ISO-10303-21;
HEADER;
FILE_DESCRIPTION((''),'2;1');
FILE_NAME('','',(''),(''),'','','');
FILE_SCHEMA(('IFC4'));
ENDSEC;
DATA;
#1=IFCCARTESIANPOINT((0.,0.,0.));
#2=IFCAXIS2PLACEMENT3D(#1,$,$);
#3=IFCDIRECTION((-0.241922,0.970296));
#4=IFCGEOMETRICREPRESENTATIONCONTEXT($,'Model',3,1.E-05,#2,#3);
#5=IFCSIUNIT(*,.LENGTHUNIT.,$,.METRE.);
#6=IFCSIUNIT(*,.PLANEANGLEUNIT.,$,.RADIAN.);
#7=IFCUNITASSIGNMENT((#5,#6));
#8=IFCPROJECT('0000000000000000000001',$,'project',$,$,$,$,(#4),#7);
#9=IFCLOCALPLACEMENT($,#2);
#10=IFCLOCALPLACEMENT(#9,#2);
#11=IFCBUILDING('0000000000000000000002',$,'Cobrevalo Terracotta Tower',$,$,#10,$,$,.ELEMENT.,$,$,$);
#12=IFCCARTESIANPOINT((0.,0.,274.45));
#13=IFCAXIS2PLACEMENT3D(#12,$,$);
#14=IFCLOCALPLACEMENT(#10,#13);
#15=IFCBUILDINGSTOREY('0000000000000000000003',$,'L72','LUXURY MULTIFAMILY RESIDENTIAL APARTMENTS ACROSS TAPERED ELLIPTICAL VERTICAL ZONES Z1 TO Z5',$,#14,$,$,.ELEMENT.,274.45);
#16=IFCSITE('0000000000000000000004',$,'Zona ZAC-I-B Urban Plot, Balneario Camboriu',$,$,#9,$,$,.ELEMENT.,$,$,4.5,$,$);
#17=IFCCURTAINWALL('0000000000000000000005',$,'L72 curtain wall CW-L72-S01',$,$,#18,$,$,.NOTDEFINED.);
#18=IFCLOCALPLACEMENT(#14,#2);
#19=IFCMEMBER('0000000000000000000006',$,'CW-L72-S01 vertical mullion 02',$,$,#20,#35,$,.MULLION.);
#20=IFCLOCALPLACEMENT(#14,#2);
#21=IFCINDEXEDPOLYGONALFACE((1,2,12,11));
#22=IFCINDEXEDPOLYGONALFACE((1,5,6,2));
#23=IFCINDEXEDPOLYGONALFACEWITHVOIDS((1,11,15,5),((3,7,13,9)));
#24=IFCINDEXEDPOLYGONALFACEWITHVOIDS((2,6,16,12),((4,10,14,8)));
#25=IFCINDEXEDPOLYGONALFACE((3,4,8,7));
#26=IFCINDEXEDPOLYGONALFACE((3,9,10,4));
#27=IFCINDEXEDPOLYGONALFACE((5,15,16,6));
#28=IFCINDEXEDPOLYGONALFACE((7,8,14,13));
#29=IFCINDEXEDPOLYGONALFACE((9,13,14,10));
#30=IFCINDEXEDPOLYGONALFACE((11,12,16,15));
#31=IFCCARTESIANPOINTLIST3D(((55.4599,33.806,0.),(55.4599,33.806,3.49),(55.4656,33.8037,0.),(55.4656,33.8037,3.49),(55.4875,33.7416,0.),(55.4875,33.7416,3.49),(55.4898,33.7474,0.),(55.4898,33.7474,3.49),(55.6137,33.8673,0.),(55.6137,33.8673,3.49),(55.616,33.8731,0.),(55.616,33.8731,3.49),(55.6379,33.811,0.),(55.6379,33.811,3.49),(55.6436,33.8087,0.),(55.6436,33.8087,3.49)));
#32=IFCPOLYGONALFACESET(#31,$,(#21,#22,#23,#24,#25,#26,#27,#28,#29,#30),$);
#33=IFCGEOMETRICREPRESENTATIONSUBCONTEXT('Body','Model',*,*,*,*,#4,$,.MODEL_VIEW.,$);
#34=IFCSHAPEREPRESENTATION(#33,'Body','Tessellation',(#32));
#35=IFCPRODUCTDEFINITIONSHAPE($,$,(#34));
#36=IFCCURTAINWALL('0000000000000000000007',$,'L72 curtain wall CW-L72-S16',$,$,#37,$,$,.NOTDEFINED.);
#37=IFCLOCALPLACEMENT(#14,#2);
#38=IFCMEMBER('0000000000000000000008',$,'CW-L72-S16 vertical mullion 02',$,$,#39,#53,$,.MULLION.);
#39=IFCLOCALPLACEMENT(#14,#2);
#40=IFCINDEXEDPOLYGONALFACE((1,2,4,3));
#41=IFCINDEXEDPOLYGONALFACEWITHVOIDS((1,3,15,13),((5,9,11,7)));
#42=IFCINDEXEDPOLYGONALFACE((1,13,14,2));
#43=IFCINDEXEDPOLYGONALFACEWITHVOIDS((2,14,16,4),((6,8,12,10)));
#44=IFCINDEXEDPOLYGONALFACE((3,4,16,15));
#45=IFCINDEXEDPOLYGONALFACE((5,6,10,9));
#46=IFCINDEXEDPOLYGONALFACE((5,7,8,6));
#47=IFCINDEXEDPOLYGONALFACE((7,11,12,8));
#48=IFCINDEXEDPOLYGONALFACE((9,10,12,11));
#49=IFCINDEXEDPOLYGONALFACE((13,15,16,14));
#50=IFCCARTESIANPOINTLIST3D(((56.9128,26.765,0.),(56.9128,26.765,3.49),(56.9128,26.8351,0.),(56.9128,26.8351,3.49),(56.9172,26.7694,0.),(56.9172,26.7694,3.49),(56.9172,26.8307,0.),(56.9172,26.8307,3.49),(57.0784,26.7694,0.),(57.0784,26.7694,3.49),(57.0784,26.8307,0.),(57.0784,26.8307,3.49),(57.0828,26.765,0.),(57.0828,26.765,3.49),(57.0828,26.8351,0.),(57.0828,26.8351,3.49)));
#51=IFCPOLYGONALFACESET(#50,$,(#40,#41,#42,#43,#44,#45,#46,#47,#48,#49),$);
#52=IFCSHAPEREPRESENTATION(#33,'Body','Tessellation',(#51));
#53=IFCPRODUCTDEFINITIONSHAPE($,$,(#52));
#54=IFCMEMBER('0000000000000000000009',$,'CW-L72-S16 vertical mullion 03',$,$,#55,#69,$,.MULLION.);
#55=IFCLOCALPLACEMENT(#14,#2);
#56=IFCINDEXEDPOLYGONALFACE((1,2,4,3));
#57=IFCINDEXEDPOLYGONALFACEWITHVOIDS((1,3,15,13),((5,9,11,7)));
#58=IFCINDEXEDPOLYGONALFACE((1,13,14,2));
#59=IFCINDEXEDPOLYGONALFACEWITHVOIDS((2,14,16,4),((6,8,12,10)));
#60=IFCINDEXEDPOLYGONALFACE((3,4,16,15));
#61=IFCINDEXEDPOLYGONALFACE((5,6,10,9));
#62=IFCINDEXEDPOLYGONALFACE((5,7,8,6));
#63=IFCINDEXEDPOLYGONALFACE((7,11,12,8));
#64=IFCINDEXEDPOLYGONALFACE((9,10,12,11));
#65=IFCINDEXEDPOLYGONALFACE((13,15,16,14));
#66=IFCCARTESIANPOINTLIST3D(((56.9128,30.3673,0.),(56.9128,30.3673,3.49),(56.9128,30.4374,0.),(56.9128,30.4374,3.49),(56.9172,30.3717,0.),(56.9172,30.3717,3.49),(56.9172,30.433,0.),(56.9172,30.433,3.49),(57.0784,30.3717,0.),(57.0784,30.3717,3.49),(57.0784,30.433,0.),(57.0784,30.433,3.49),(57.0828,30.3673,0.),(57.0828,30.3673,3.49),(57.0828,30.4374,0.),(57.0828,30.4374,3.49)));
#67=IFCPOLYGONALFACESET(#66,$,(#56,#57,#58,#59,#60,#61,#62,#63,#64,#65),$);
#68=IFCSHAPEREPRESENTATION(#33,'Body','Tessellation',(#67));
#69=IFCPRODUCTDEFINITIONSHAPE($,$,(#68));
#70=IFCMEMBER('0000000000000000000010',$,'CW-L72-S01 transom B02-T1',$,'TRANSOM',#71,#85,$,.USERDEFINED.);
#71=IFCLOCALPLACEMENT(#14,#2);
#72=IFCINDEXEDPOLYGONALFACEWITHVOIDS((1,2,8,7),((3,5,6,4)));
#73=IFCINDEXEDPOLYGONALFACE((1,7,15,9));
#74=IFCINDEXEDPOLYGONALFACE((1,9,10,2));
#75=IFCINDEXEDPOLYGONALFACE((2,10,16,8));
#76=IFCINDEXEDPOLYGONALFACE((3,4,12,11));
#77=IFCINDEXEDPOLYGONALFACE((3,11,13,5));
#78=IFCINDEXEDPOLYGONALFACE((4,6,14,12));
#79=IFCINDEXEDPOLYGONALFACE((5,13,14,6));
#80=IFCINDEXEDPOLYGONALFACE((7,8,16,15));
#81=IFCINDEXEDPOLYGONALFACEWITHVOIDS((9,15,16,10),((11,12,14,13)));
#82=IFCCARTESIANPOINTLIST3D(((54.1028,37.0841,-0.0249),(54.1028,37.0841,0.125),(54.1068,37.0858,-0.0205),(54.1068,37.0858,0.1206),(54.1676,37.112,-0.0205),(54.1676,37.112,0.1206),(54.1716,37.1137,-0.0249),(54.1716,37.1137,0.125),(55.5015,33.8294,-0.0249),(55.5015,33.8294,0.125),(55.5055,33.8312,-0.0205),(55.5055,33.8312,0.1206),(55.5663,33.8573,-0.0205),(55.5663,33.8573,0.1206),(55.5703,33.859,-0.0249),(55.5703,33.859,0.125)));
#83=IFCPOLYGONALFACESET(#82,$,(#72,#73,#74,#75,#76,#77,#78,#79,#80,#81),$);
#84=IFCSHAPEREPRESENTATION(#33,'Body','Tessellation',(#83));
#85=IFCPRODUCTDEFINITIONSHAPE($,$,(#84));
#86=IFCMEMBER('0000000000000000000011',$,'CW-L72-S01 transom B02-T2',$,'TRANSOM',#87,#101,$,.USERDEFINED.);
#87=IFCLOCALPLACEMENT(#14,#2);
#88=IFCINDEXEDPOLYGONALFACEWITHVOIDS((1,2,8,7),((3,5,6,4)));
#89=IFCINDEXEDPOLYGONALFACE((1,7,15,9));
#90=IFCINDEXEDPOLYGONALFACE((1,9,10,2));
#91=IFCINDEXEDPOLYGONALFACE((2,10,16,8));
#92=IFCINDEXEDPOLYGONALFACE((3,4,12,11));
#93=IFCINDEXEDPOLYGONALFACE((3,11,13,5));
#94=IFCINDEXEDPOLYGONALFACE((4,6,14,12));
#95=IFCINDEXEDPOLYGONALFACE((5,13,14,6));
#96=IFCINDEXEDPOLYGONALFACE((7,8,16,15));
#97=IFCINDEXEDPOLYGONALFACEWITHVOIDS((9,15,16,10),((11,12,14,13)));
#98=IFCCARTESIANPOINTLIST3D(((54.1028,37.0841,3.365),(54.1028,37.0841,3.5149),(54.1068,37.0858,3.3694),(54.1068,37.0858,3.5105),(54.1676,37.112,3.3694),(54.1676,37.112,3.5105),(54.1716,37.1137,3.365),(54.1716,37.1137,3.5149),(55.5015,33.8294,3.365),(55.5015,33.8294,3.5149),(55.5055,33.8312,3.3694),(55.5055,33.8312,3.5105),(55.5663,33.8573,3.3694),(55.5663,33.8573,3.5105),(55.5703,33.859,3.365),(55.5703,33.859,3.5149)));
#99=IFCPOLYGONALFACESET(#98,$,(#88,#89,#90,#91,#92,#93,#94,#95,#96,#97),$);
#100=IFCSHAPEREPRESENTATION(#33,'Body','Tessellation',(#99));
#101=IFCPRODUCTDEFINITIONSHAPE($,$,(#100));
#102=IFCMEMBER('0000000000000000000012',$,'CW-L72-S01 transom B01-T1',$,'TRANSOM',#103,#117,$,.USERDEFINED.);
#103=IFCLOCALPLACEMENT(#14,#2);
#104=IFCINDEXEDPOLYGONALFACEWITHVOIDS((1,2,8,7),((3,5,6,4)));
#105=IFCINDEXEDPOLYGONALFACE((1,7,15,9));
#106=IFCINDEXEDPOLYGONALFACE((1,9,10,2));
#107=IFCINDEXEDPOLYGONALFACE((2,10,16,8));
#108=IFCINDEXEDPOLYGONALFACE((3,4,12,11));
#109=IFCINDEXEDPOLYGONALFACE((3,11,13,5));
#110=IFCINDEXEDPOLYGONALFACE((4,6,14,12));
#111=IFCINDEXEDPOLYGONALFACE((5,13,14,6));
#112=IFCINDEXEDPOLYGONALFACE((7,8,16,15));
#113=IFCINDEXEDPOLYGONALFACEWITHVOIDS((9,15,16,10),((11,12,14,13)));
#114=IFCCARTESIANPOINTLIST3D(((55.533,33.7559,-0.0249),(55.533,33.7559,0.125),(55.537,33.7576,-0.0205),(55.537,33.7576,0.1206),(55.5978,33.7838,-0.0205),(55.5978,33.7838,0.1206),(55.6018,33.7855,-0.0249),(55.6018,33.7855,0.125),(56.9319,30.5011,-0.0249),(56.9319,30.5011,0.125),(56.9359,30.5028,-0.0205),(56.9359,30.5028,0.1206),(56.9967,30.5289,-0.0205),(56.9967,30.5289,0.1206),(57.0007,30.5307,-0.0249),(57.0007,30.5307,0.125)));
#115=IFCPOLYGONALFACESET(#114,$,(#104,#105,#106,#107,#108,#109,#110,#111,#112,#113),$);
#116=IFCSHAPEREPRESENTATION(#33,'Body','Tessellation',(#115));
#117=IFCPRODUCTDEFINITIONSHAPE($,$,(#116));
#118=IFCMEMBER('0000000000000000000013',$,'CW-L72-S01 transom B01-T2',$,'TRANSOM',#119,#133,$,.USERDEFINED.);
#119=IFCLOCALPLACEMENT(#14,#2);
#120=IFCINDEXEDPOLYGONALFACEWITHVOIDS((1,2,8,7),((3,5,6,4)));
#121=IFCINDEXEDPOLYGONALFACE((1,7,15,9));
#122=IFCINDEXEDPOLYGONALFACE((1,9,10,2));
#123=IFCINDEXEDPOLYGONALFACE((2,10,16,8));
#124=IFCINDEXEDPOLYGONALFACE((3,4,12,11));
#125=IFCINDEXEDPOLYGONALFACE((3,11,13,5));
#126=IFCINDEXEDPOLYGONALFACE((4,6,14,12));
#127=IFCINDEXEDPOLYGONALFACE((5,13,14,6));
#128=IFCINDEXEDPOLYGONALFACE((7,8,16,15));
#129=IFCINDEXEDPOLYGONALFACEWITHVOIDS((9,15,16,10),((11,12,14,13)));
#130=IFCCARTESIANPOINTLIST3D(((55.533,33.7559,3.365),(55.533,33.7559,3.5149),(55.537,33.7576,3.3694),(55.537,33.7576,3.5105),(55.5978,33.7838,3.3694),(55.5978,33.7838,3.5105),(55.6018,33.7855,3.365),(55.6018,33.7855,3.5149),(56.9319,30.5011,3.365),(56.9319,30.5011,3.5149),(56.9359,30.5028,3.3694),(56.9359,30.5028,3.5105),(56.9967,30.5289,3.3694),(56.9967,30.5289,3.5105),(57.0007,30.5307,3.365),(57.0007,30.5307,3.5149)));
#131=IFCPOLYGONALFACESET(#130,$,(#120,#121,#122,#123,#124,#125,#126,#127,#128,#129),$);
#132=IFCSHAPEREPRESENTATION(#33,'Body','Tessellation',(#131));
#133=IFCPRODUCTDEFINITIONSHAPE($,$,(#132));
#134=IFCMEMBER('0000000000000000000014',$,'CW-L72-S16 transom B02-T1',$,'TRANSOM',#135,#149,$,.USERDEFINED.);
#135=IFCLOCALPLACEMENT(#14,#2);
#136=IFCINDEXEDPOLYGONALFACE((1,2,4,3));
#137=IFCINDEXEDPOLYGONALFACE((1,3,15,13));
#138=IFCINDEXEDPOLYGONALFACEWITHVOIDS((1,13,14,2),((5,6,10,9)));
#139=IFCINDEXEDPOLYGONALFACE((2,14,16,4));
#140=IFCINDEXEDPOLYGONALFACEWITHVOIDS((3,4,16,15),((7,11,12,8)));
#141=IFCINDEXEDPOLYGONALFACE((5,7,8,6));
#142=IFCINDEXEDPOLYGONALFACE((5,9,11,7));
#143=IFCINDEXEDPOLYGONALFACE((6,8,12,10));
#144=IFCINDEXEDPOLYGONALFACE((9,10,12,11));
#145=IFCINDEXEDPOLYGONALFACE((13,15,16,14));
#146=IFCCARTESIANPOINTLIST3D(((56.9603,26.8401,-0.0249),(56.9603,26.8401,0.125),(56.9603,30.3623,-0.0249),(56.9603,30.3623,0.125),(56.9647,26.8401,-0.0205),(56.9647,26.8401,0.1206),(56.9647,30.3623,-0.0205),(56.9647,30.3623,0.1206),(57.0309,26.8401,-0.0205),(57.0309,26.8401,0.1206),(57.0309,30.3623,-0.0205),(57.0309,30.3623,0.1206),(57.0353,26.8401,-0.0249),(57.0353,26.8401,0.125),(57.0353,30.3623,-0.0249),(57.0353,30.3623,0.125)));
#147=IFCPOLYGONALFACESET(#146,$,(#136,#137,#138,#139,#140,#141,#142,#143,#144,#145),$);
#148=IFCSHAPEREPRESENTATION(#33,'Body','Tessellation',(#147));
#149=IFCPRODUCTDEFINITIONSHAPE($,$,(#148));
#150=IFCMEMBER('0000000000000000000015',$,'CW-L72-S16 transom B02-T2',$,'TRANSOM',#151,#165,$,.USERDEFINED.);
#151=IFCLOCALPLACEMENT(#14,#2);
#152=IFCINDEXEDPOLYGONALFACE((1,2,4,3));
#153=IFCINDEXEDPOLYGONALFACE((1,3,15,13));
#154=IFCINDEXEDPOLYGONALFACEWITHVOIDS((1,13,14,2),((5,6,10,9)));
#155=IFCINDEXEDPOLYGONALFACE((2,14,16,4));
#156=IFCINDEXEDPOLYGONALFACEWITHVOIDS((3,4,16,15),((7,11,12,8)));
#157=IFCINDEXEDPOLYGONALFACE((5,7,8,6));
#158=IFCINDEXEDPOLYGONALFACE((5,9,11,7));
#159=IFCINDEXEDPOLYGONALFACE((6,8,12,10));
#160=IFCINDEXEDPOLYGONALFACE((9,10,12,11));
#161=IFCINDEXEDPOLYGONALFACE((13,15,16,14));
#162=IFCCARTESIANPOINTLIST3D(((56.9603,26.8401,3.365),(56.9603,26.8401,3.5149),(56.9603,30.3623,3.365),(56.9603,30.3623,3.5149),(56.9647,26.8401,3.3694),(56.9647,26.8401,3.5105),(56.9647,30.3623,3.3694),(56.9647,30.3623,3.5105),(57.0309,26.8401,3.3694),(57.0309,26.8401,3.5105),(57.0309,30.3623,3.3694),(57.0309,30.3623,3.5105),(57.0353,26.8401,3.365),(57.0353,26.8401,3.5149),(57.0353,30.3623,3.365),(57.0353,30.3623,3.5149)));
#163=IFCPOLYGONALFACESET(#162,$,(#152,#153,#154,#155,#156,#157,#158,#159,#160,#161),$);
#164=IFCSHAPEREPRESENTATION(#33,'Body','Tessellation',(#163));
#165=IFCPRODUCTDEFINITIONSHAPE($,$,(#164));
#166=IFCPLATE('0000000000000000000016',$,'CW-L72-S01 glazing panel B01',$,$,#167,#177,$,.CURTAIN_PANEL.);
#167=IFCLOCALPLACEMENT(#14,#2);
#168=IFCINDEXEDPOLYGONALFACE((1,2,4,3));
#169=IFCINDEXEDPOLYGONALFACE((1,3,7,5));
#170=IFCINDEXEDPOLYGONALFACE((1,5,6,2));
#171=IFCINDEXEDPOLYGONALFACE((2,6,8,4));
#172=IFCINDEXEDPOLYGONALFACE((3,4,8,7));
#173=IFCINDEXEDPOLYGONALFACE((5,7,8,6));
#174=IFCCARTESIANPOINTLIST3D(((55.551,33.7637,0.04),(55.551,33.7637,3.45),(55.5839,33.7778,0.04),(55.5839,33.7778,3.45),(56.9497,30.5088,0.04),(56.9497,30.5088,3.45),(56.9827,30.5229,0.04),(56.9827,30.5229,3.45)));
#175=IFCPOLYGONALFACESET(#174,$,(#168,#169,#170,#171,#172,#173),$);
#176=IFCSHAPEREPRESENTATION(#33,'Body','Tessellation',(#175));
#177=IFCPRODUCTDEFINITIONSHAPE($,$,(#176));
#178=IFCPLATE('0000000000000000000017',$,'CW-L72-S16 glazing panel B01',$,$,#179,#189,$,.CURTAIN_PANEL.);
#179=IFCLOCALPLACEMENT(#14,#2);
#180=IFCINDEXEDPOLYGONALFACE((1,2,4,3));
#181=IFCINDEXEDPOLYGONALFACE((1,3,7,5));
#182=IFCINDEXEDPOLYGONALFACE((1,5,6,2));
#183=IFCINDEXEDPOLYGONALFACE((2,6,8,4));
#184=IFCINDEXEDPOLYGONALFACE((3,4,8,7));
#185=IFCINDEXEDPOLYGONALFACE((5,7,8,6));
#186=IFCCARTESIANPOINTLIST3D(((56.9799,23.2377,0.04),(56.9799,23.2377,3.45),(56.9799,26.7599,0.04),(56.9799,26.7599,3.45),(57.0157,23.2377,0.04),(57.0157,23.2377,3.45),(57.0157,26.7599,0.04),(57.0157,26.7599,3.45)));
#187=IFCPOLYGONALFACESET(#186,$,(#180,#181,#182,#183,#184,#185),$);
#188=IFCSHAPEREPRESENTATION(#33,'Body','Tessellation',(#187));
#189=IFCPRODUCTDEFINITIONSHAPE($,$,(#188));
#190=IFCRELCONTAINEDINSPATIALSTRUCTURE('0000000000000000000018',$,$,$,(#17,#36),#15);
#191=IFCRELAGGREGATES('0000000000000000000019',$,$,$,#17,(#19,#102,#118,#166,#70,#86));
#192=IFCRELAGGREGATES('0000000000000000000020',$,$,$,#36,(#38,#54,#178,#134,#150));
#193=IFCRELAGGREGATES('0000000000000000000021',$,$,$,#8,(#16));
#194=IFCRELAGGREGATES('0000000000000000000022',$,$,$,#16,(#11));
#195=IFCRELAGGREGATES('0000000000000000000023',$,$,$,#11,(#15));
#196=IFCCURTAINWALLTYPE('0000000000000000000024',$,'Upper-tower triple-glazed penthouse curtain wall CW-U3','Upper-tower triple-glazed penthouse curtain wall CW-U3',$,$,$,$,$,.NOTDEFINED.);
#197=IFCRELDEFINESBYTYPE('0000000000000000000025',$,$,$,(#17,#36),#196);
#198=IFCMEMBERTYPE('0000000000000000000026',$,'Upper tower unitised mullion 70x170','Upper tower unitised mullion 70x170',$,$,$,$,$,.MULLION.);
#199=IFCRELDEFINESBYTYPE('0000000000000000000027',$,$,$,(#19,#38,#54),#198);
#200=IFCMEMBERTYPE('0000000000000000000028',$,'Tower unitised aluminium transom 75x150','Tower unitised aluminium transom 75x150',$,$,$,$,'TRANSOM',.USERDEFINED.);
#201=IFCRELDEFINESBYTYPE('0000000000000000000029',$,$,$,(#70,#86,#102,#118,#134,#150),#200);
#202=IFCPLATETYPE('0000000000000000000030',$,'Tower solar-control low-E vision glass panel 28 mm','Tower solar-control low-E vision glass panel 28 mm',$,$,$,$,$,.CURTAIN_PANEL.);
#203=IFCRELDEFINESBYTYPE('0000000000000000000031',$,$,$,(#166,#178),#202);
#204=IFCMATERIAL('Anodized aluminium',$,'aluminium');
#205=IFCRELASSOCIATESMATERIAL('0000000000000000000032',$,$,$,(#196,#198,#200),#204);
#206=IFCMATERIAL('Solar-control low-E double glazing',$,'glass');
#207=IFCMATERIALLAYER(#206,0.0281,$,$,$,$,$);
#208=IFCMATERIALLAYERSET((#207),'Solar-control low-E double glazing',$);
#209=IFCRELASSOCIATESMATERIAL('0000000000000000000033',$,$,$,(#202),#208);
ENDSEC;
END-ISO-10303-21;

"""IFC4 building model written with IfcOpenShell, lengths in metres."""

from ifc_helpers import new_model, si_unit, direction, frame, origin, origin_2d, place, context, subcontext, project, spatial, rectangle, hollow_rectangle, extrude, source, transform, mapped, material, layer, layer_set, material_profile, profile_set, type_object, element, aggregate, save


model = new_model("IFC4")

# Units and contexts
model_context = context("Model", 3, precision=1e-05, world=origin(), true_north=direction((-0.241922, 0.970296)))
body_context = subcontext(model_context, "Body", "Model", "MODEL_VIEW")
ifc_project = project(units=[si_unit("LENGTHUNIT", "METRE"), si_unit("PLANEANGLEUNIT", "RADIAN")], contexts=[model_context])

# Site, building, storey
site_placement = place(None, origin())
site = spatial("IfcSite", under=ifc_project, at=site_placement, Name="Zona ZAC-I-B Urban Plot, Balneario Camboriu", CompositionType="ELEMENT", RefElevation=4.5)
building_placement = place(site_placement, origin())
building = spatial("IfcBuilding", under=site, at=building_placement, Name="Cobrevalo Terracotta Tower", CompositionType="ELEMENT")
storey_placement = place(building_placement, frame((0.0, 0.0, 274.45)))
storey = spatial("IfcBuildingStorey", under=building, at=storey_placement, Name="L72", Description="LUXURY MULTIFAMILY RESIDENTIAL APARTMENTS ACROSS TAPERED ELLIPTICAL VERTICAL ZONES Z1 TO Z5", CompositionType="ELEMENT", Elevation=274.45)

# Curtain walls, members
ifc_material_1 = material(Name="Anodized aluminium", Category="aluminium")
curtain_wall_type = type_object("IfcCurtainWallType", Name="Upper-tower triple-glazed penthouse curtain wall CW-U3", Description="Upper-tower triple-glazed penthouse curtain wall CW-U3", PredefinedType="NOTDEFINED", material=ifc_material_1)
curtain_wall_1_placement = place(storey_placement, origin())
curtain_wall_1 = element("IfcCurtainWall", 1, at=curtain_wall_1_placement, inside=storey, type_object=curtain_wall_type, Name="L72 curtain wall CW-L72-S01", PredefinedType="NOTDEFINED")
ifc_material_profile_1 = material_profile(ifc_material_1, hollow_rectangle(XDim=0.0701, YDim=0.1699, WallThickness=0.0044, at=origin_2d()), Name="CWM 70x170")
ifc_profile_set_1 = profile_set([ifc_material_profile_1], Name="Anodized aluminium")
member_type_1 = type_object("IfcMemberType", Name="Upper tower unitised mullion 70x170", Description="Upper tower unitised mullion 70x170", PredefinedType="MULLION", material=ifc_profile_set_1)
shared_shape_1 = source(origin(), body_context, "Body", "SweptSolid", [
    extrude(hollow_rectangle(XDim=0.0701, YDim=0.1699, WallThickness=0.0044, at=origin_2d()), origin(), (0.0, 0.0, 1.0), 3.49),
])
member_1_placement = place(storey_placement, frame((55.5518, 33.8074, 0.0), z_axis=(0.0, 0.0, 1.0), x_axis=(-0.394824, 0.918757, 0.0)))
member_1 = element("IfcMember", 2, at=member_1_placement, type_object=member_type_1, Name="CW-L72-S01 vertical mullion 02", PredefinedType="MULLION", context=body_context, shape_type="MappedRepresentation", body=[
    mapped(shared_shape_1, transform((0.0, 0.0, 0.0), scale=1.0)),
])
curtain_wall_2_placement = place(storey_placement, origin())
curtain_wall_2 = element("IfcCurtainWall", 3, at=curtain_wall_2_placement, inside=storey, type_object=curtain_wall_type, Name="L72 curtain wall CW-L72-S16", PredefinedType="NOTDEFINED")
member_2_placement = place(storey_placement, frame((56.9978, 26.8, 0.0), z_axis=(0.0, 0.0, 1.0), x_axis=(0.0, 1.0, 0.0)))
member_2 = element("IfcMember", 4, at=member_2_placement, type_object=member_type_1, Name="CW-L72-S16 vertical mullion 02", PredefinedType="MULLION", context=body_context, shape_type="MappedRepresentation", body=[
    mapped(shared_shape_1, transform((0.0, 0.0, 0.0), scale=1.0)),
])
member_3_placement = place(storey_placement, frame((56.9978, 30.4023, 0.0), z_axis=(0.0, 0.0, 1.0), x_axis=(0.0, 1.0, 0.0)))
member_3 = element("IfcMember", 5, at=member_3_placement, type_object=member_type_1, Name="CW-L72-S16 vertical mullion 03", PredefinedType="MULLION", context=body_context, shape_type="MappedRepresentation", body=[
    mapped(shared_shape_1, transform((0.0, 0.0, 0.0), scale=1.0)),
])

# Members
ifc_material_profile_2 = material_profile(ifc_material_1, hollow_rectangle(XDim=0.075, YDim=0.1499, WallThickness=0.0044, at=origin_2d()), Name="CWT 75x150")
ifc_profile_set_2 = profile_set([ifc_material_profile_2], Name="Anodized aluminium")
member_type_2 = type_object("IfcMemberType", Name="Tower unitised aluminium transom 75x150", Description="Tower unitised aluminium transom 75x150", ElementType="TRANSOM", PredefinedType="USERDEFINED", material=ifc_profile_set_2)
shared_shape_2 = source(origin(), body_context, "Body", "SweptSolid", [
    extrude(hollow_rectangle(XDim=0.075, YDim=0.1499, WallThickness=0.0044, at=origin_2d()), origin(), (0.0, 0.0, 1.0), 3.5425),
])
member_4_placement = place(storey_placement, frame((55.5359, 33.8442, 0.05), z_axis=(-0.394834, 0.918752, 0.0), x_axis=(-0.918752, -0.394834, 0.0)))
member_4 = element("IfcMember", 6, at=member_4_placement, type_object=member_type_2, Name="CW-L72-S01 transom B02-T1", ObjectType="TRANSOM", PredefinedType="USERDEFINED", context=body_context, shape_type="MappedRepresentation", body=[
    mapped(shared_shape_2, transform((0.0, 0.0, 0.0), scale=1.0)),
])
member_5_placement = place(storey_placement, frame((55.5359, 33.8442, 3.4399), z_axis=(-0.394834, 0.918752, 0.0), x_axis=(-0.918752, -0.394834, 0.0)))
member_5 = element("IfcMember", 7, at=member_5_placement, type_object=member_type_2, Name="CW-L72-S01 transom B02-T2", ObjectType="TRANSOM", PredefinedType="USERDEFINED", context=body_context, shape_type="MappedRepresentation", body=[
    mapped(shared_shape_2, transform((0.0, 0.0, 0.0), scale=1.0)),
])
shared_shape_3 = source(origin(), body_context, "Body", "SweptSolid", [
    extrude(hollow_rectangle(XDim=0.075, YDim=0.1499, WallThickness=0.0044, at=origin_2d()), origin(), (0.0, 0.0, 1.0), 3.5427),
])
member_6_placement = place(storey_placement, frame((56.9663, 30.5159, 0.05), z_axis=(-0.394867, 0.918738, 0.0), x_axis=(-0.918738, -0.394867, 0.0)))
member_6 = element("IfcMember", 8, at=member_6_placement, type_object=member_type_2, Name="CW-L72-S01 transom B01-T1", ObjectType="TRANSOM", PredefinedType="USERDEFINED", context=body_context, shape_type="MappedRepresentation", body=[
    mapped(shared_shape_3, transform((0.0, 0.0, 0.0), scale=1.0)),
])
member_7_placement = place(storey_placement, frame((56.9663, 30.5159, 3.4399), z_axis=(-0.394867, 0.918738, 0.0), x_axis=(-0.918738, -0.394867, 0.0)))
member_7 = element("IfcMember", 9, at=member_7_placement, type_object=member_type_2, Name="CW-L72-S01 transom B01-T2", ObjectType="TRANSOM", PredefinedType="USERDEFINED", context=body_context, shape_type="MappedRepresentation", body=[
    mapped(shared_shape_3, transform((0.0, 0.0, 0.0), scale=1.0)),
])
shared_shape_4 = source(origin(), body_context, "Body", "SweptSolid", [
    extrude(hollow_rectangle(XDim=0.075, YDim=0.1499, WallThickness=0.0044, at=origin_2d()), origin(), (0.0, 0.0, 1.0), 3.5222),
])
member_8_placement = place(storey_placement, frame((56.9978, 26.8401, 0.05), z_axis=(0.0, 1.0, 0.0), x_axis=(-1.0, 0.0, 0.0)))
member_8 = element("IfcMember", 10, at=member_8_placement, type_object=member_type_2, Name="CW-L72-S16 transom B02-T1", ObjectType="TRANSOM", PredefinedType="USERDEFINED", context=body_context, shape_type="MappedRepresentation", body=[
    mapped(shared_shape_4, transform((0.0, 0.0, 0.0), scale=1.0)),
])
member_9_placement = place(storey_placement, frame((56.9978, 26.8401, 3.4399), z_axis=(0.0, 1.0, 0.0), x_axis=(-1.0, 0.0, 0.0)))
member_9 = element("IfcMember", 11, at=member_9_placement, type_object=member_type_2, Name="CW-L72-S16 transom B02-T2", ObjectType="TRANSOM", PredefinedType="USERDEFINED", context=body_context, shape_type="MappedRepresentation", body=[
    mapped(shared_shape_4, transform((0.0, 0.0, 0.0), scale=1.0)),
])

# Plates
ifc_material_2 = material(Name="Solar-control low-E double glazing", Category="glass")
ifc_layer_1 = layer(ifc_material_2, 0.0281)
ifc_layer_set_1 = layer_set([ifc_layer_1], Name="Solar-control low-E double glazing")
plate_type = type_object("IfcPlateType", Name="Tower solar-control low-E vision glass panel 28 mm", Description="Tower solar-control low-E vision glass panel 28 mm", PredefinedType="CURTAIN_PANEL", material=ifc_layer_set_1)
shared_shape_5 = source(origin(), body_context, "Body", "SweptSolid", [
    extrude(rectangle(XDim=3.5427, YDim=0.0359, at=origin_2d()), origin(), (0.0, 0.0, 1.0), 3.4099),
])
plate_1_placement = place(storey_placement, frame((56.2668, 32.1433, 0.04), z_axis=(0.0, 0.0, 1.0), x_axis=(-0.394829, 0.918755, 0.0)))
plate_1 = element("IfcPlate", 12, at=plate_1_placement, type_object=plate_type, Name="CW-L72-S01 glazing panel B01", PredefinedType="CURTAIN_PANEL", context=body_context, shape_type="MappedRepresentation", body=[
    mapped(shared_shape_5, transform((0.0, 0.0, 0.0), scale=1.0)),
])
aggregate(curtain_wall_1, [member_1, member_6, member_7, plate_1, member_4, member_5])
shared_shape_6 = source(origin(), body_context, "Body", "SweptSolid", [
    extrude(rectangle(XDim=3.5222, YDim=0.0359, at=origin_2d()), origin(), (0.0, 0.0, 1.0), 3.4099),
])
plate_2_placement = place(storey_placement, frame((56.9978, 24.9988, 0.04), z_axis=(0.0, 0.0, 1.0), x_axis=(0.0, 1.0, 0.0)))
plate_2 = element("IfcPlate", 13, at=plate_2_placement, type_object=plate_type, Name="CW-L72-S16 glazing panel B01", PredefinedType="CURTAIN_PANEL", context=body_context, shape_type="MappedRepresentation", body=[
    mapped(shared_shape_6, transform((0.0, 0.0, 0.0), scale=1.0)),
])
aggregate(curtain_wall_2, [member_2, member_3, plate_2, member_8, member_9])

save(model, "model.ifc")
